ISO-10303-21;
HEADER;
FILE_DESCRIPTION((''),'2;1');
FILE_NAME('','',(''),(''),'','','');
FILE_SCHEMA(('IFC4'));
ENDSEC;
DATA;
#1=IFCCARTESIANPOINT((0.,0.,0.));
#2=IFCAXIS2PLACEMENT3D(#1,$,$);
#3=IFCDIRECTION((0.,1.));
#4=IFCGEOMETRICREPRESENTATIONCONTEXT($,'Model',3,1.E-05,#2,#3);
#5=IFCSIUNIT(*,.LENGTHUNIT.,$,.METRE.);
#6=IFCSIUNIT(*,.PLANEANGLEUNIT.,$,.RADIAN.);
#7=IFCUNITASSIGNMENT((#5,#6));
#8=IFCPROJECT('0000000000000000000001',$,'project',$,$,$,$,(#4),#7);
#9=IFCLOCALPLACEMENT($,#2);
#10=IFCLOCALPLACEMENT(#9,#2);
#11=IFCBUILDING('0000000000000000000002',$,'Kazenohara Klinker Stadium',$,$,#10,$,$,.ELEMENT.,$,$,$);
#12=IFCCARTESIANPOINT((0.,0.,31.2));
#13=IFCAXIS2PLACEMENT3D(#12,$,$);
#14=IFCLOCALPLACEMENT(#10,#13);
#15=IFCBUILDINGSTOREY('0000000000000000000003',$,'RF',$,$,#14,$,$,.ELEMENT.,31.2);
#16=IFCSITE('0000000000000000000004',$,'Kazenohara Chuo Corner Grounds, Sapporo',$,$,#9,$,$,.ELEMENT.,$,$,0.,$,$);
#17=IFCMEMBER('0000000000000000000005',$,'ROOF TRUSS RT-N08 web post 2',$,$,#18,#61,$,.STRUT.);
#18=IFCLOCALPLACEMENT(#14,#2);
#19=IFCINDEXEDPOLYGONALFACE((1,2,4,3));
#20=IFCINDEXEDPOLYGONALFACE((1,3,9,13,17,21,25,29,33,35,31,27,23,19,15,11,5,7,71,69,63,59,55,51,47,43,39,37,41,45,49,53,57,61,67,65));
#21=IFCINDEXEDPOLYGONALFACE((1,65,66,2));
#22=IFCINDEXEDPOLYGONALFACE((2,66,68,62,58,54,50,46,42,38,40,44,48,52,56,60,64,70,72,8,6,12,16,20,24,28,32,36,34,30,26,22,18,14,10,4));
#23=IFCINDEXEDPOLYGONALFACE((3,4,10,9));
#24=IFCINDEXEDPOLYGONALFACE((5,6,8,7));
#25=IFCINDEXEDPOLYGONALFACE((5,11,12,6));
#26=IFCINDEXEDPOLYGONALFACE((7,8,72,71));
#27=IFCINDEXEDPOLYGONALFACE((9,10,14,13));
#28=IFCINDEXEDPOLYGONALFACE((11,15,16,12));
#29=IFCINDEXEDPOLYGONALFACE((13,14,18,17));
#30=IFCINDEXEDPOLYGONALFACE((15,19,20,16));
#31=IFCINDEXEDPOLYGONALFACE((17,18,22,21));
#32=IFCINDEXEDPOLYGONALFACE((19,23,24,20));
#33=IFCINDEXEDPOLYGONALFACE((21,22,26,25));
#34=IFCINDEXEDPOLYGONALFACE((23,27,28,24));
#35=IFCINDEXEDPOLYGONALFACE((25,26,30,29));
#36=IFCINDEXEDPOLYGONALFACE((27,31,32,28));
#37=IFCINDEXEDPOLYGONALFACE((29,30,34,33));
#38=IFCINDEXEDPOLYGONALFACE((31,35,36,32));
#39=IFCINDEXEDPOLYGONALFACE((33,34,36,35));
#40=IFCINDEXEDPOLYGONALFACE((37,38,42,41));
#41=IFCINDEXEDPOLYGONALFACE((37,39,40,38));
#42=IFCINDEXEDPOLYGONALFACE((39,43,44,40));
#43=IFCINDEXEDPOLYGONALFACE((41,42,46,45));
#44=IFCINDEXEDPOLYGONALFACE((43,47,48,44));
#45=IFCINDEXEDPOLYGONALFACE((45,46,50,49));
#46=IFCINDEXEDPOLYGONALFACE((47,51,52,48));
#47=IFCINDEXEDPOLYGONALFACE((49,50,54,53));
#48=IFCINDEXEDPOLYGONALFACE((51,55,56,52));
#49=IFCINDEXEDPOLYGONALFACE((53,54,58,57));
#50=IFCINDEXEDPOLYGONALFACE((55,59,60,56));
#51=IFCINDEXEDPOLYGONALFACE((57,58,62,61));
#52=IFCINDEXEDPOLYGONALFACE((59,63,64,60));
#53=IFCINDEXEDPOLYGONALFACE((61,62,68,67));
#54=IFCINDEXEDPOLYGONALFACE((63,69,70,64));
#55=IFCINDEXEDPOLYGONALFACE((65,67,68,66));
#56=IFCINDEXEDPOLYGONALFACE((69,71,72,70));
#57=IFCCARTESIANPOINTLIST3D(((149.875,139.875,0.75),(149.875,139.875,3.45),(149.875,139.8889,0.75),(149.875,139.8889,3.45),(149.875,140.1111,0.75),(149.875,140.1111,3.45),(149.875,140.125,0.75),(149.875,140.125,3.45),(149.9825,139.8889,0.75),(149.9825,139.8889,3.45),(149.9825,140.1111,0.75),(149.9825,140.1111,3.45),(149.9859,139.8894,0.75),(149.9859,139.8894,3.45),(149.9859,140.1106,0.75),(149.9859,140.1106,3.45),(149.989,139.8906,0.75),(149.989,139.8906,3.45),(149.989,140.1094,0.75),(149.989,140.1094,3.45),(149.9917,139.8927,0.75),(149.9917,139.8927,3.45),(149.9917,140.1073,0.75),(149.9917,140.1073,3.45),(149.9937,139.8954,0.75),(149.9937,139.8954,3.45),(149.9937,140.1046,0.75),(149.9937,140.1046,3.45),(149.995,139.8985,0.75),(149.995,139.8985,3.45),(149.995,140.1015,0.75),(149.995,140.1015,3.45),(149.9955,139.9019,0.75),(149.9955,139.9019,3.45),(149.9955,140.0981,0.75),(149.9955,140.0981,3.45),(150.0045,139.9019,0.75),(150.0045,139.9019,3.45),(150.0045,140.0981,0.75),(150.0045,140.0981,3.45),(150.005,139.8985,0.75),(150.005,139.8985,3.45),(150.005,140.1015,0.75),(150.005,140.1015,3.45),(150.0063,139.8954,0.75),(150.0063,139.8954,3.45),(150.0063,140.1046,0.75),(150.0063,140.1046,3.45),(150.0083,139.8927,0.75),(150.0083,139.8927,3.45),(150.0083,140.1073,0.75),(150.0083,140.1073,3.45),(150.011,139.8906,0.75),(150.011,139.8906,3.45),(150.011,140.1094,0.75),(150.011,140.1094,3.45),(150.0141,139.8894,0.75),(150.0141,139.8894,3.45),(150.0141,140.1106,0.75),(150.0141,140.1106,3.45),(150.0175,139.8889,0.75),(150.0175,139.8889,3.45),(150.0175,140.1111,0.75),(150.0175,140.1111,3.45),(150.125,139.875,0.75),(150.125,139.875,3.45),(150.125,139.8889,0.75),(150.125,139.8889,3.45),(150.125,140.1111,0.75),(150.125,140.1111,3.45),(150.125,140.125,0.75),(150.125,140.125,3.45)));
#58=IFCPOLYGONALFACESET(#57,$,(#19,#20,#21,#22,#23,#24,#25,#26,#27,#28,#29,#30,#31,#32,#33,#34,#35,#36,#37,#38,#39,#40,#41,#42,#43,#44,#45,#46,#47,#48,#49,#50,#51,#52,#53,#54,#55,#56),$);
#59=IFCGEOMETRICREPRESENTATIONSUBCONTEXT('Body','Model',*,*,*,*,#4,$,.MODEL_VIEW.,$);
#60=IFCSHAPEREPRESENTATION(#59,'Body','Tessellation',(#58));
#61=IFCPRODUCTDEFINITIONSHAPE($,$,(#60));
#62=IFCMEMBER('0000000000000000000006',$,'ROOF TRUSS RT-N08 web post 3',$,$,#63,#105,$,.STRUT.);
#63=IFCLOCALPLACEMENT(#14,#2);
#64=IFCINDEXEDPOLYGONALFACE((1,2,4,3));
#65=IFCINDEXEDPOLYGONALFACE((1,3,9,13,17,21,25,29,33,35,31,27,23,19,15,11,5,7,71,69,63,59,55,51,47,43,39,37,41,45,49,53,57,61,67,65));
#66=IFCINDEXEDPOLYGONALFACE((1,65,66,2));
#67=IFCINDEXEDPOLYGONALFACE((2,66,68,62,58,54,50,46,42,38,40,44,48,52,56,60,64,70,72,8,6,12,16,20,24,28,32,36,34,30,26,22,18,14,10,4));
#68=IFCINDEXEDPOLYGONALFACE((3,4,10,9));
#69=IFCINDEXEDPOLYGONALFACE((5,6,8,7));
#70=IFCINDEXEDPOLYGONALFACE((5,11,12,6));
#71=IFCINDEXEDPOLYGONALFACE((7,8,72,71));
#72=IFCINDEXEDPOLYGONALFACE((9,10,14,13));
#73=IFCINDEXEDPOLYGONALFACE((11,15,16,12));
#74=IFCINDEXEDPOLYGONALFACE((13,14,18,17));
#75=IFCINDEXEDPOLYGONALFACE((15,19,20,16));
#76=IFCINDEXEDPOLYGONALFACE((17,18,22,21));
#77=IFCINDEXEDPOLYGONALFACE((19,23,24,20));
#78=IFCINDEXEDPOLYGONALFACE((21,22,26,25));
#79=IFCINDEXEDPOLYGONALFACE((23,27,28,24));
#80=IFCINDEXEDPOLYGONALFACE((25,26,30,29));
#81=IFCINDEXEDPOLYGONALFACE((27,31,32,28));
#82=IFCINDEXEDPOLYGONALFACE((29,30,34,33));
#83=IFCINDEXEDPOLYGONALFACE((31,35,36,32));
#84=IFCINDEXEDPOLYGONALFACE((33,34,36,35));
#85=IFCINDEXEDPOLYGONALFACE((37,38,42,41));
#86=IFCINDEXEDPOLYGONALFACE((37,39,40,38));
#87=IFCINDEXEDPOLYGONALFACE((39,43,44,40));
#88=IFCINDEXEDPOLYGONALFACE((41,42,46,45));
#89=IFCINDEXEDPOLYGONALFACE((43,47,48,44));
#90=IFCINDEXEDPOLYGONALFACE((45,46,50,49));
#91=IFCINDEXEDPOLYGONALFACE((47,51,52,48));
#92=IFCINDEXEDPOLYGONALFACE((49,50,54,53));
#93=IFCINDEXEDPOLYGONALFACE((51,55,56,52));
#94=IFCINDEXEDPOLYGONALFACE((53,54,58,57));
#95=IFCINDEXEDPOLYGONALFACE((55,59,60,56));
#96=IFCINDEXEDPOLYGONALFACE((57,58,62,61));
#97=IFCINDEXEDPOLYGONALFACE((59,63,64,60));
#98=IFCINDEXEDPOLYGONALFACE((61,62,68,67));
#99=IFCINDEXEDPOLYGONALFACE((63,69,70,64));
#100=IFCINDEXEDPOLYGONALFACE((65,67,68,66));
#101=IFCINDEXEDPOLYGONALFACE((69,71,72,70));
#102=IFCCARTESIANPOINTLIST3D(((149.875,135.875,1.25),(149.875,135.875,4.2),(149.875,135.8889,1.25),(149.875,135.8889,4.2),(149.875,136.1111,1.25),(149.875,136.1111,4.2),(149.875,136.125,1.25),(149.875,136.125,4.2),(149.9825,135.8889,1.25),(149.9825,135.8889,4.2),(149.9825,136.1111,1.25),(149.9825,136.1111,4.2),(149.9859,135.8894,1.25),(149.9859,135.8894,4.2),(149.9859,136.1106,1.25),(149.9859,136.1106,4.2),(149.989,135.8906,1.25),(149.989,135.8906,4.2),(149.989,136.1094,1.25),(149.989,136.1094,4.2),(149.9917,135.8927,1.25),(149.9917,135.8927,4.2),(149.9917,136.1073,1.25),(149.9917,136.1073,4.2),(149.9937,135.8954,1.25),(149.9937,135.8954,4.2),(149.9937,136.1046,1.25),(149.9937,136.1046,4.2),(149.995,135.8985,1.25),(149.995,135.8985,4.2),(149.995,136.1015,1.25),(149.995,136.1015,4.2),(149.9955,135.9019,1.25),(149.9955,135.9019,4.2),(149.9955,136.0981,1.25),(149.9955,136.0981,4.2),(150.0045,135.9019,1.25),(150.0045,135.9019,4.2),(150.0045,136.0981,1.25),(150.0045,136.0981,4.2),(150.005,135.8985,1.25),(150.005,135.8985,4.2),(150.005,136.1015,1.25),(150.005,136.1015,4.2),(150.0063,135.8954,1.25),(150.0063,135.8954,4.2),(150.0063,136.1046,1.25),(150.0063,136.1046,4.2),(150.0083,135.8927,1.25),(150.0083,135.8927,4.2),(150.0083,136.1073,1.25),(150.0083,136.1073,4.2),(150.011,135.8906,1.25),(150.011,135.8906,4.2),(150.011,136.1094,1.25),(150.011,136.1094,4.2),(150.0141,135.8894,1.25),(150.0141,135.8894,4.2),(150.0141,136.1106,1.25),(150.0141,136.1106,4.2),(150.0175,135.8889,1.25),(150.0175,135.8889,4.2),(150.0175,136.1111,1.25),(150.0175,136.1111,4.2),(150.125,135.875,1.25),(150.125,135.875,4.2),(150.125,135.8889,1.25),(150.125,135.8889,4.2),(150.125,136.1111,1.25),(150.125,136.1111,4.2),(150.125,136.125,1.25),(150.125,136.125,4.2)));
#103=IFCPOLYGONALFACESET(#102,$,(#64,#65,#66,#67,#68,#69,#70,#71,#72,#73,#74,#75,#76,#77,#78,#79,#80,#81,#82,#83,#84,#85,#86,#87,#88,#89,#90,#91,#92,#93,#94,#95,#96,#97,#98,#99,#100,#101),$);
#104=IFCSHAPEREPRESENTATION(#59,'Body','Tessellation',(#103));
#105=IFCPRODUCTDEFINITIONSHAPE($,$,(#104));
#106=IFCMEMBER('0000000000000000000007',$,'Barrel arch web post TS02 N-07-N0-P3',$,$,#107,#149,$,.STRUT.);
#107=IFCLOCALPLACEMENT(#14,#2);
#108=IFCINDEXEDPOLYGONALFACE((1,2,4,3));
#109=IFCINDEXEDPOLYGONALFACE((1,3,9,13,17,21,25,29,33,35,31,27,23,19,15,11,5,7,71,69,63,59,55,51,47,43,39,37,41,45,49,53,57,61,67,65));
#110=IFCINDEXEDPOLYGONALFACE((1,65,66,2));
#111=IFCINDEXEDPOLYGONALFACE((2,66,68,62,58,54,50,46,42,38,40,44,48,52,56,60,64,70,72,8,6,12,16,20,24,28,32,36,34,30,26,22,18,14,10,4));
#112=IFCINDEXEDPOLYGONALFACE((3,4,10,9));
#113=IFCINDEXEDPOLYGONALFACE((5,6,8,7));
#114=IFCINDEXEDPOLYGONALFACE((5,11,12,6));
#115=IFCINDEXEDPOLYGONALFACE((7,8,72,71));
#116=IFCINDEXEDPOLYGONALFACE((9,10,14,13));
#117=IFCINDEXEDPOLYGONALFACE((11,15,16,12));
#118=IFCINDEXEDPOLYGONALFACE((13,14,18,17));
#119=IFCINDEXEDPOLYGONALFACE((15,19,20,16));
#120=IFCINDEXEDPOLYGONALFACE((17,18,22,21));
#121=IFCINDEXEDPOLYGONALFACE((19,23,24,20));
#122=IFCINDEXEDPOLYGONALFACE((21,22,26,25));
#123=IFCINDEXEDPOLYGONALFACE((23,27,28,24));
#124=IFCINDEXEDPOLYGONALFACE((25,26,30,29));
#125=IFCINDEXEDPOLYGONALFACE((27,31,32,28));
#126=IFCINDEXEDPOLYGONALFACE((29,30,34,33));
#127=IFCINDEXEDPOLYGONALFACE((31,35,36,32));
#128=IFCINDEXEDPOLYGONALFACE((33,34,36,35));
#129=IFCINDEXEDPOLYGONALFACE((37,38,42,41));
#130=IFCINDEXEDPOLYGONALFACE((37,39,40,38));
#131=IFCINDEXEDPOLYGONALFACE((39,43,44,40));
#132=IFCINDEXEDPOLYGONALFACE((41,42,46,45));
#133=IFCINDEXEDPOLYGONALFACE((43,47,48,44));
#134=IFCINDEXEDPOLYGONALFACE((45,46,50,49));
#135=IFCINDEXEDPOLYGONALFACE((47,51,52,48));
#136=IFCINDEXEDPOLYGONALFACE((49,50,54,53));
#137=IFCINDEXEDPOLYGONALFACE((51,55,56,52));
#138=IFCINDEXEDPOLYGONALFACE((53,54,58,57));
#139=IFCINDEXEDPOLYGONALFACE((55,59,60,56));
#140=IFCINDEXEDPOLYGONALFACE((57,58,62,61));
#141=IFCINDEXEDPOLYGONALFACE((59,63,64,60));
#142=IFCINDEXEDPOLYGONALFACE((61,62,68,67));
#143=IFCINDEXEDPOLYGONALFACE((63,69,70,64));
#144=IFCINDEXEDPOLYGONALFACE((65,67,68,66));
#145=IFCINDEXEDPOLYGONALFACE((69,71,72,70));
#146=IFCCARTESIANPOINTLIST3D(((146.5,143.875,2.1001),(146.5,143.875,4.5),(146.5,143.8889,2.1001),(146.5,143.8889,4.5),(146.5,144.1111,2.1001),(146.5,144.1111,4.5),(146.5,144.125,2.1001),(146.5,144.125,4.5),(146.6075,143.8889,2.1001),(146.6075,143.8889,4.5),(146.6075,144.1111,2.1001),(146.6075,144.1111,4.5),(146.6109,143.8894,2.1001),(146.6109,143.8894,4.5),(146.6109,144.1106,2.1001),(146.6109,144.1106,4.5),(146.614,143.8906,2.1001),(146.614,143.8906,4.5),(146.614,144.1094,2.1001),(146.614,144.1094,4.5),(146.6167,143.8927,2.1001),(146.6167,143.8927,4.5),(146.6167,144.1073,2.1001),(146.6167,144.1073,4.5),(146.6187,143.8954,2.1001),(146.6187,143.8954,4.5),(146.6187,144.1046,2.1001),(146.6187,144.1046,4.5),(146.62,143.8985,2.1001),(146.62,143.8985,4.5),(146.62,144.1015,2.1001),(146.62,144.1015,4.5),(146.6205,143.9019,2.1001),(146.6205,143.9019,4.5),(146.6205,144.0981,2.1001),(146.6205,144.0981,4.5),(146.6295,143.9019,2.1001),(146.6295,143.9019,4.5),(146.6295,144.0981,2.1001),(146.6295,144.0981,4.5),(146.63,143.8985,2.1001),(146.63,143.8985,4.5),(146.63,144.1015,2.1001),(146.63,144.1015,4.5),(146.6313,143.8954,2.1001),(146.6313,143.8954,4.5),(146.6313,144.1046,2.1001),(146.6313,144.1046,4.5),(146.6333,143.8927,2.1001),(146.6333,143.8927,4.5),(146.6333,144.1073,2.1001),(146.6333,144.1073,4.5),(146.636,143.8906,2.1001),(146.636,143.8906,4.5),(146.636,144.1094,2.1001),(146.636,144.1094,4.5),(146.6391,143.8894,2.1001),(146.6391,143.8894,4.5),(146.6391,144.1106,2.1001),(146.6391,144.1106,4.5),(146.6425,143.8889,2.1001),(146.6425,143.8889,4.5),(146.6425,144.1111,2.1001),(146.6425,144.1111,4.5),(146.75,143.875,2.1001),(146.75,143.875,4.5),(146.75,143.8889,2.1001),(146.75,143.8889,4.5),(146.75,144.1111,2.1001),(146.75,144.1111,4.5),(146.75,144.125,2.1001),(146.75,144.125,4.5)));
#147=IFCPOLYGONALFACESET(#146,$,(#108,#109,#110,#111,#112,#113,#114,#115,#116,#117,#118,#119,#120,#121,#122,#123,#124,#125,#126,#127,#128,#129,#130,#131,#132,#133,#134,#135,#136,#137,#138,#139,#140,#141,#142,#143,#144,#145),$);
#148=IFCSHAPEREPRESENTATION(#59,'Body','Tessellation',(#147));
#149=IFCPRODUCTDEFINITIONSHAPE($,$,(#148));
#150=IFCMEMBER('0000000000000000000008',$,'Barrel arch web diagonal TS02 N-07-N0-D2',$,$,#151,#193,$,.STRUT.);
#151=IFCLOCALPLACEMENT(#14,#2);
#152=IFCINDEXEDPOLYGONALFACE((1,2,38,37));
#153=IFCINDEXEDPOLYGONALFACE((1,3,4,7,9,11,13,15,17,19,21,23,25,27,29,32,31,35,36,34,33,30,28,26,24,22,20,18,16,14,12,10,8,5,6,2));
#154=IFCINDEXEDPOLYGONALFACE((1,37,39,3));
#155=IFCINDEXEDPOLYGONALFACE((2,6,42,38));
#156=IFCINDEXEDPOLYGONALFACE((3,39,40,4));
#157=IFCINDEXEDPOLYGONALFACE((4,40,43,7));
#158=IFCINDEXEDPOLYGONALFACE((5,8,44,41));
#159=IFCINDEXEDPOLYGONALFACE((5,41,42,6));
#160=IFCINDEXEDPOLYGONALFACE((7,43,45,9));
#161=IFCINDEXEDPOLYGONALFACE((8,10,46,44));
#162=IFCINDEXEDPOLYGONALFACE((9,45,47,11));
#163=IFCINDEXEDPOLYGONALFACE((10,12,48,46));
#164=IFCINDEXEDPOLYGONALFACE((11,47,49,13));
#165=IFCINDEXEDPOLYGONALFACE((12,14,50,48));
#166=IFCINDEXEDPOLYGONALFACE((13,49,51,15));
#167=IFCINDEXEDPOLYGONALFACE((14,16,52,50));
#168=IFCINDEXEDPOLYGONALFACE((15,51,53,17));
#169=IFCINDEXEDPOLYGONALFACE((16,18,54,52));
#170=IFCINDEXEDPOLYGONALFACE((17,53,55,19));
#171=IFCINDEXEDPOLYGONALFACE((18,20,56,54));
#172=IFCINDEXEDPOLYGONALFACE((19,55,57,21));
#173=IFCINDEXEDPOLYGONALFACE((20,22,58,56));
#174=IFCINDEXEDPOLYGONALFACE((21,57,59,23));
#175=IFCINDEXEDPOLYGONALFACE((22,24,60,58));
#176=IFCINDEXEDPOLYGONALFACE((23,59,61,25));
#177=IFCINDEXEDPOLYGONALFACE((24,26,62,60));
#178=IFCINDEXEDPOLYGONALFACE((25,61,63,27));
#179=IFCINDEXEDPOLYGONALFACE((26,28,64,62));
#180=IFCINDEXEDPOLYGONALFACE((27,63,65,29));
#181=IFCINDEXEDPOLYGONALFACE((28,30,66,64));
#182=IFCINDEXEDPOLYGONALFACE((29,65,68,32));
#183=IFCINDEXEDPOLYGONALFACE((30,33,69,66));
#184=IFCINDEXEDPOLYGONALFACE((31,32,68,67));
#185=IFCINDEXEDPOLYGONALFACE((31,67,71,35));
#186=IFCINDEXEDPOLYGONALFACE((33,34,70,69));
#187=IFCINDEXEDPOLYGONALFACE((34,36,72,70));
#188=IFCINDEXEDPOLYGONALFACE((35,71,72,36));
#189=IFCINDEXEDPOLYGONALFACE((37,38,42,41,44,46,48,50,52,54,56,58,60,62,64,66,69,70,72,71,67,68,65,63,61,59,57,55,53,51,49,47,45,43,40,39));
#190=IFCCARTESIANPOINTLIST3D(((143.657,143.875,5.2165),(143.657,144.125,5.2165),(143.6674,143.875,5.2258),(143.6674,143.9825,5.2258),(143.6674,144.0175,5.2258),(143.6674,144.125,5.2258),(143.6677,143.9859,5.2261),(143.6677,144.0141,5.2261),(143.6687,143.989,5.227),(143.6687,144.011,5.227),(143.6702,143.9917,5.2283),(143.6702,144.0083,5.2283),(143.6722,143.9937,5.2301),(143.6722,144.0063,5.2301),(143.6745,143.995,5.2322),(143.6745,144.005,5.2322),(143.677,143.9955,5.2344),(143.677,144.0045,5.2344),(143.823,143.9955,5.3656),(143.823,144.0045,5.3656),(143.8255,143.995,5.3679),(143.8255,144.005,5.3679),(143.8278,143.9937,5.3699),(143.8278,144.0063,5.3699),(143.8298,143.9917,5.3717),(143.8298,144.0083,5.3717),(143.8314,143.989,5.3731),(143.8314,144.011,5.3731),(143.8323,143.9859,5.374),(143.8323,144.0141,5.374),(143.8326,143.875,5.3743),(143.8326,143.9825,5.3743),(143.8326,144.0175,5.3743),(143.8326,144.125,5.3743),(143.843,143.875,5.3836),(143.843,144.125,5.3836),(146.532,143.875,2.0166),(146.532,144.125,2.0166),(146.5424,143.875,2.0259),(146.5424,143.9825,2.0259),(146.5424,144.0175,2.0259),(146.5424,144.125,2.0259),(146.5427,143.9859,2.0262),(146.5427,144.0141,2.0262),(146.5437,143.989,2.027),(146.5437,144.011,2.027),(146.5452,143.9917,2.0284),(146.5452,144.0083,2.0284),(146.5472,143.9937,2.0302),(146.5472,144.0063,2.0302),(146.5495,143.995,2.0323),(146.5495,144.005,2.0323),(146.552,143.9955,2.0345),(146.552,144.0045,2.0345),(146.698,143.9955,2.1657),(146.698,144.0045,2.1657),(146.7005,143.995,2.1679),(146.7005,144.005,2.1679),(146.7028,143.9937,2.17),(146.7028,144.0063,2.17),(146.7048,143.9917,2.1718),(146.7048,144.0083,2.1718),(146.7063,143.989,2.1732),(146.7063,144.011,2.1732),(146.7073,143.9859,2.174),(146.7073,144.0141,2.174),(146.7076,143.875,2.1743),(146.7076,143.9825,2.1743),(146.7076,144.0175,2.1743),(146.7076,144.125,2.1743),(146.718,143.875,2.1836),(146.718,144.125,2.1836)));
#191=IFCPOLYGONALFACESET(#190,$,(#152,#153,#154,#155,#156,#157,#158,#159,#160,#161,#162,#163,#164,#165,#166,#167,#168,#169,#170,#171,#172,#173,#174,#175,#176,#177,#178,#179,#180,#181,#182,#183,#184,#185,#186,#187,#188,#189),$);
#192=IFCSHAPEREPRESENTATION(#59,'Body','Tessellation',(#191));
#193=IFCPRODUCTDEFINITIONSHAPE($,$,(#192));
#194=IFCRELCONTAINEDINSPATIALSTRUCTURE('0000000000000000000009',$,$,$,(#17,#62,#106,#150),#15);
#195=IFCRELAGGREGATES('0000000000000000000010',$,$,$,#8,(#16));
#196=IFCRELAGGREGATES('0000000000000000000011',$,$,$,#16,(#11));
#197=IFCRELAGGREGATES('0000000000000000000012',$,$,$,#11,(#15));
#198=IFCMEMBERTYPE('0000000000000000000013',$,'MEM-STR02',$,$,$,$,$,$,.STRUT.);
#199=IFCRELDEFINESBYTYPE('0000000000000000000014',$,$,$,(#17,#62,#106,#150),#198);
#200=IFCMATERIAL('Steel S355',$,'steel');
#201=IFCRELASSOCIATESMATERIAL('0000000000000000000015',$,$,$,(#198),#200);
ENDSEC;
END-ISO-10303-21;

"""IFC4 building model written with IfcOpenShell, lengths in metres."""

from ifc_helpers import new_model, si_unit, direction, frame, origin, origin_2d, place, context, subcontext, project, spatial, i_section, extrude, material, material_profile, profile_set, type_object, element, save


model = new_model("IFC4")

# Units and contexts
model_context = context("Model", 3, precision=1e-05, world=origin(), true_north=direction((0.0, 1.0)))
body_context = subcontext(model_context, "Body", "Model", "MODEL_VIEW")
ifc_project = project(units=[si_unit("LENGTHUNIT", "METRE"), si_unit("PLANEANGLEUNIT", "RADIAN")], contexts=[model_context])

# Site, building, storey
site_placement = place(None, origin())
site = spatial("IfcSite", under=ifc_project, at=site_placement, Name="Kazenohara Chuo Corner Grounds, Sapporo", CompositionType="ELEMENT", RefElevation=0.0)
building_placement = place(site_placement, origin())
building = spatial("IfcBuilding", under=site, at=building_placement, Name="Kazenohara Klinker Stadium", CompositionType="ELEMENT")
storey_placement = place(building_placement, frame((0.0, 0.0, 31.2)))
storey = spatial("IfcBuildingStorey", under=building, at=storey_placement, Name="RF", CompositionType="ELEMENT", Elevation=31.2)

# Members
ifc_material_1 = material(Name="Steel S355", Category="steel")
ifc_material_profile_1 = material_profile(ifc_material_1, i_section(OverallWidth=0.25, OverallDepth=0.25, WebThickness=0.009, FlangeThickness=0.0139, FilletRadius=0.0129, at=origin_2d()), Name="H-250x250x9x14")
ifc_profile_set_1 = profile_set([ifc_material_profile_1], Name="Steel S355")
member_type_1 = type_object("IfcMemberType", Name="MEM-STR02", PredefinedType="STRUT", material=ifc_profile_set_1)
member_1_placement = place(storey_placement, frame((150.0, 140.0, 0.75), z_axis=(0.0, 0.0, 1.0), x_axis=(1.0, 0.0, 0.0)))
element("IfcMember", 1, at=member_1_placement, inside=storey, type_object=member_type_1, Name="ROOF TRUSS RT-N08 web post 2", PredefinedType="STRUT", context=body_context, shape_type="SweptSolid", body=[
    extrude(i_section(OverallWidth=0.25, OverallDepth=0.25, WebThickness=0.009, FlangeThickness=0.0139, FilletRadius=0.0129, at=origin_2d()), origin(), (0.0, 0.0, 1.0), 2.7),
])
member_2_placement = place(storey_placement, frame((150.0, 136.0, 1.25), z_axis=(0.0, 0.0, 1.0), x_axis=(1.0, 0.0, 0.0)))
element("IfcMember", 2, at=member_2_placement, inside=storey, type_object=member_type_1, Name="ROOF TRUSS RT-N08 web post 3", PredefinedType="STRUT", context=body_context, shape_type="SweptSolid", body=[
    extrude(i_section(OverallWidth=0.25, OverallDepth=0.25, WebThickness=0.009, FlangeThickness=0.0139, FilletRadius=0.0129, at=origin_2d()), origin(), (0.0, 0.0, 1.0), 2.95),
])
member_3_placement = place(storey_placement, frame((146.625, 144.0, 2.1001), z_axis=(0.0, 0.0, 1.0), x_axis=(1.0, 0.0, 0.0)))
element("IfcMember", 3, at=member_3_placement, inside=storey, type_object=member_type_1, Name="Barrel arch web post TS02 N-07-N0-P3", PredefinedType="STRUT", context=body_context, shape_type="SweptSolid", body=[
    extrude(i_section(OverallWidth=0.25, OverallDepth=0.25, WebThickness=0.009, FlangeThickness=0.0139, FilletRadius=0.0129, at=origin_2d()), origin(), (0.0, 0.0, 1.0), 2.3999),
])
member_4_placement = place(storey_placement, frame((146.625, 144.0, 2.1001), z_axis=(-0.668328, 0.0, 0.743867), x_axis=(0.0, -1.0, 0.0)))
element("IfcMember", 4, at=member_4_placement, inside=storey, type_object=member_type_1, Name="Barrel arch web diagonal TS02 N-07-N0-D2", PredefinedType="STRUT", context=body_context, shape_type="SweptSolid", body=[
    extrude(i_section(OverallWidth=0.25, OverallDepth=0.25, WebThickness=0.009, FlangeThickness=0.0139, FilletRadius=0.0129, at=origin_2d()), origin(), (0.0, 0.0, 1.0), 4.3018),
])

save(model, "model.ifc")
